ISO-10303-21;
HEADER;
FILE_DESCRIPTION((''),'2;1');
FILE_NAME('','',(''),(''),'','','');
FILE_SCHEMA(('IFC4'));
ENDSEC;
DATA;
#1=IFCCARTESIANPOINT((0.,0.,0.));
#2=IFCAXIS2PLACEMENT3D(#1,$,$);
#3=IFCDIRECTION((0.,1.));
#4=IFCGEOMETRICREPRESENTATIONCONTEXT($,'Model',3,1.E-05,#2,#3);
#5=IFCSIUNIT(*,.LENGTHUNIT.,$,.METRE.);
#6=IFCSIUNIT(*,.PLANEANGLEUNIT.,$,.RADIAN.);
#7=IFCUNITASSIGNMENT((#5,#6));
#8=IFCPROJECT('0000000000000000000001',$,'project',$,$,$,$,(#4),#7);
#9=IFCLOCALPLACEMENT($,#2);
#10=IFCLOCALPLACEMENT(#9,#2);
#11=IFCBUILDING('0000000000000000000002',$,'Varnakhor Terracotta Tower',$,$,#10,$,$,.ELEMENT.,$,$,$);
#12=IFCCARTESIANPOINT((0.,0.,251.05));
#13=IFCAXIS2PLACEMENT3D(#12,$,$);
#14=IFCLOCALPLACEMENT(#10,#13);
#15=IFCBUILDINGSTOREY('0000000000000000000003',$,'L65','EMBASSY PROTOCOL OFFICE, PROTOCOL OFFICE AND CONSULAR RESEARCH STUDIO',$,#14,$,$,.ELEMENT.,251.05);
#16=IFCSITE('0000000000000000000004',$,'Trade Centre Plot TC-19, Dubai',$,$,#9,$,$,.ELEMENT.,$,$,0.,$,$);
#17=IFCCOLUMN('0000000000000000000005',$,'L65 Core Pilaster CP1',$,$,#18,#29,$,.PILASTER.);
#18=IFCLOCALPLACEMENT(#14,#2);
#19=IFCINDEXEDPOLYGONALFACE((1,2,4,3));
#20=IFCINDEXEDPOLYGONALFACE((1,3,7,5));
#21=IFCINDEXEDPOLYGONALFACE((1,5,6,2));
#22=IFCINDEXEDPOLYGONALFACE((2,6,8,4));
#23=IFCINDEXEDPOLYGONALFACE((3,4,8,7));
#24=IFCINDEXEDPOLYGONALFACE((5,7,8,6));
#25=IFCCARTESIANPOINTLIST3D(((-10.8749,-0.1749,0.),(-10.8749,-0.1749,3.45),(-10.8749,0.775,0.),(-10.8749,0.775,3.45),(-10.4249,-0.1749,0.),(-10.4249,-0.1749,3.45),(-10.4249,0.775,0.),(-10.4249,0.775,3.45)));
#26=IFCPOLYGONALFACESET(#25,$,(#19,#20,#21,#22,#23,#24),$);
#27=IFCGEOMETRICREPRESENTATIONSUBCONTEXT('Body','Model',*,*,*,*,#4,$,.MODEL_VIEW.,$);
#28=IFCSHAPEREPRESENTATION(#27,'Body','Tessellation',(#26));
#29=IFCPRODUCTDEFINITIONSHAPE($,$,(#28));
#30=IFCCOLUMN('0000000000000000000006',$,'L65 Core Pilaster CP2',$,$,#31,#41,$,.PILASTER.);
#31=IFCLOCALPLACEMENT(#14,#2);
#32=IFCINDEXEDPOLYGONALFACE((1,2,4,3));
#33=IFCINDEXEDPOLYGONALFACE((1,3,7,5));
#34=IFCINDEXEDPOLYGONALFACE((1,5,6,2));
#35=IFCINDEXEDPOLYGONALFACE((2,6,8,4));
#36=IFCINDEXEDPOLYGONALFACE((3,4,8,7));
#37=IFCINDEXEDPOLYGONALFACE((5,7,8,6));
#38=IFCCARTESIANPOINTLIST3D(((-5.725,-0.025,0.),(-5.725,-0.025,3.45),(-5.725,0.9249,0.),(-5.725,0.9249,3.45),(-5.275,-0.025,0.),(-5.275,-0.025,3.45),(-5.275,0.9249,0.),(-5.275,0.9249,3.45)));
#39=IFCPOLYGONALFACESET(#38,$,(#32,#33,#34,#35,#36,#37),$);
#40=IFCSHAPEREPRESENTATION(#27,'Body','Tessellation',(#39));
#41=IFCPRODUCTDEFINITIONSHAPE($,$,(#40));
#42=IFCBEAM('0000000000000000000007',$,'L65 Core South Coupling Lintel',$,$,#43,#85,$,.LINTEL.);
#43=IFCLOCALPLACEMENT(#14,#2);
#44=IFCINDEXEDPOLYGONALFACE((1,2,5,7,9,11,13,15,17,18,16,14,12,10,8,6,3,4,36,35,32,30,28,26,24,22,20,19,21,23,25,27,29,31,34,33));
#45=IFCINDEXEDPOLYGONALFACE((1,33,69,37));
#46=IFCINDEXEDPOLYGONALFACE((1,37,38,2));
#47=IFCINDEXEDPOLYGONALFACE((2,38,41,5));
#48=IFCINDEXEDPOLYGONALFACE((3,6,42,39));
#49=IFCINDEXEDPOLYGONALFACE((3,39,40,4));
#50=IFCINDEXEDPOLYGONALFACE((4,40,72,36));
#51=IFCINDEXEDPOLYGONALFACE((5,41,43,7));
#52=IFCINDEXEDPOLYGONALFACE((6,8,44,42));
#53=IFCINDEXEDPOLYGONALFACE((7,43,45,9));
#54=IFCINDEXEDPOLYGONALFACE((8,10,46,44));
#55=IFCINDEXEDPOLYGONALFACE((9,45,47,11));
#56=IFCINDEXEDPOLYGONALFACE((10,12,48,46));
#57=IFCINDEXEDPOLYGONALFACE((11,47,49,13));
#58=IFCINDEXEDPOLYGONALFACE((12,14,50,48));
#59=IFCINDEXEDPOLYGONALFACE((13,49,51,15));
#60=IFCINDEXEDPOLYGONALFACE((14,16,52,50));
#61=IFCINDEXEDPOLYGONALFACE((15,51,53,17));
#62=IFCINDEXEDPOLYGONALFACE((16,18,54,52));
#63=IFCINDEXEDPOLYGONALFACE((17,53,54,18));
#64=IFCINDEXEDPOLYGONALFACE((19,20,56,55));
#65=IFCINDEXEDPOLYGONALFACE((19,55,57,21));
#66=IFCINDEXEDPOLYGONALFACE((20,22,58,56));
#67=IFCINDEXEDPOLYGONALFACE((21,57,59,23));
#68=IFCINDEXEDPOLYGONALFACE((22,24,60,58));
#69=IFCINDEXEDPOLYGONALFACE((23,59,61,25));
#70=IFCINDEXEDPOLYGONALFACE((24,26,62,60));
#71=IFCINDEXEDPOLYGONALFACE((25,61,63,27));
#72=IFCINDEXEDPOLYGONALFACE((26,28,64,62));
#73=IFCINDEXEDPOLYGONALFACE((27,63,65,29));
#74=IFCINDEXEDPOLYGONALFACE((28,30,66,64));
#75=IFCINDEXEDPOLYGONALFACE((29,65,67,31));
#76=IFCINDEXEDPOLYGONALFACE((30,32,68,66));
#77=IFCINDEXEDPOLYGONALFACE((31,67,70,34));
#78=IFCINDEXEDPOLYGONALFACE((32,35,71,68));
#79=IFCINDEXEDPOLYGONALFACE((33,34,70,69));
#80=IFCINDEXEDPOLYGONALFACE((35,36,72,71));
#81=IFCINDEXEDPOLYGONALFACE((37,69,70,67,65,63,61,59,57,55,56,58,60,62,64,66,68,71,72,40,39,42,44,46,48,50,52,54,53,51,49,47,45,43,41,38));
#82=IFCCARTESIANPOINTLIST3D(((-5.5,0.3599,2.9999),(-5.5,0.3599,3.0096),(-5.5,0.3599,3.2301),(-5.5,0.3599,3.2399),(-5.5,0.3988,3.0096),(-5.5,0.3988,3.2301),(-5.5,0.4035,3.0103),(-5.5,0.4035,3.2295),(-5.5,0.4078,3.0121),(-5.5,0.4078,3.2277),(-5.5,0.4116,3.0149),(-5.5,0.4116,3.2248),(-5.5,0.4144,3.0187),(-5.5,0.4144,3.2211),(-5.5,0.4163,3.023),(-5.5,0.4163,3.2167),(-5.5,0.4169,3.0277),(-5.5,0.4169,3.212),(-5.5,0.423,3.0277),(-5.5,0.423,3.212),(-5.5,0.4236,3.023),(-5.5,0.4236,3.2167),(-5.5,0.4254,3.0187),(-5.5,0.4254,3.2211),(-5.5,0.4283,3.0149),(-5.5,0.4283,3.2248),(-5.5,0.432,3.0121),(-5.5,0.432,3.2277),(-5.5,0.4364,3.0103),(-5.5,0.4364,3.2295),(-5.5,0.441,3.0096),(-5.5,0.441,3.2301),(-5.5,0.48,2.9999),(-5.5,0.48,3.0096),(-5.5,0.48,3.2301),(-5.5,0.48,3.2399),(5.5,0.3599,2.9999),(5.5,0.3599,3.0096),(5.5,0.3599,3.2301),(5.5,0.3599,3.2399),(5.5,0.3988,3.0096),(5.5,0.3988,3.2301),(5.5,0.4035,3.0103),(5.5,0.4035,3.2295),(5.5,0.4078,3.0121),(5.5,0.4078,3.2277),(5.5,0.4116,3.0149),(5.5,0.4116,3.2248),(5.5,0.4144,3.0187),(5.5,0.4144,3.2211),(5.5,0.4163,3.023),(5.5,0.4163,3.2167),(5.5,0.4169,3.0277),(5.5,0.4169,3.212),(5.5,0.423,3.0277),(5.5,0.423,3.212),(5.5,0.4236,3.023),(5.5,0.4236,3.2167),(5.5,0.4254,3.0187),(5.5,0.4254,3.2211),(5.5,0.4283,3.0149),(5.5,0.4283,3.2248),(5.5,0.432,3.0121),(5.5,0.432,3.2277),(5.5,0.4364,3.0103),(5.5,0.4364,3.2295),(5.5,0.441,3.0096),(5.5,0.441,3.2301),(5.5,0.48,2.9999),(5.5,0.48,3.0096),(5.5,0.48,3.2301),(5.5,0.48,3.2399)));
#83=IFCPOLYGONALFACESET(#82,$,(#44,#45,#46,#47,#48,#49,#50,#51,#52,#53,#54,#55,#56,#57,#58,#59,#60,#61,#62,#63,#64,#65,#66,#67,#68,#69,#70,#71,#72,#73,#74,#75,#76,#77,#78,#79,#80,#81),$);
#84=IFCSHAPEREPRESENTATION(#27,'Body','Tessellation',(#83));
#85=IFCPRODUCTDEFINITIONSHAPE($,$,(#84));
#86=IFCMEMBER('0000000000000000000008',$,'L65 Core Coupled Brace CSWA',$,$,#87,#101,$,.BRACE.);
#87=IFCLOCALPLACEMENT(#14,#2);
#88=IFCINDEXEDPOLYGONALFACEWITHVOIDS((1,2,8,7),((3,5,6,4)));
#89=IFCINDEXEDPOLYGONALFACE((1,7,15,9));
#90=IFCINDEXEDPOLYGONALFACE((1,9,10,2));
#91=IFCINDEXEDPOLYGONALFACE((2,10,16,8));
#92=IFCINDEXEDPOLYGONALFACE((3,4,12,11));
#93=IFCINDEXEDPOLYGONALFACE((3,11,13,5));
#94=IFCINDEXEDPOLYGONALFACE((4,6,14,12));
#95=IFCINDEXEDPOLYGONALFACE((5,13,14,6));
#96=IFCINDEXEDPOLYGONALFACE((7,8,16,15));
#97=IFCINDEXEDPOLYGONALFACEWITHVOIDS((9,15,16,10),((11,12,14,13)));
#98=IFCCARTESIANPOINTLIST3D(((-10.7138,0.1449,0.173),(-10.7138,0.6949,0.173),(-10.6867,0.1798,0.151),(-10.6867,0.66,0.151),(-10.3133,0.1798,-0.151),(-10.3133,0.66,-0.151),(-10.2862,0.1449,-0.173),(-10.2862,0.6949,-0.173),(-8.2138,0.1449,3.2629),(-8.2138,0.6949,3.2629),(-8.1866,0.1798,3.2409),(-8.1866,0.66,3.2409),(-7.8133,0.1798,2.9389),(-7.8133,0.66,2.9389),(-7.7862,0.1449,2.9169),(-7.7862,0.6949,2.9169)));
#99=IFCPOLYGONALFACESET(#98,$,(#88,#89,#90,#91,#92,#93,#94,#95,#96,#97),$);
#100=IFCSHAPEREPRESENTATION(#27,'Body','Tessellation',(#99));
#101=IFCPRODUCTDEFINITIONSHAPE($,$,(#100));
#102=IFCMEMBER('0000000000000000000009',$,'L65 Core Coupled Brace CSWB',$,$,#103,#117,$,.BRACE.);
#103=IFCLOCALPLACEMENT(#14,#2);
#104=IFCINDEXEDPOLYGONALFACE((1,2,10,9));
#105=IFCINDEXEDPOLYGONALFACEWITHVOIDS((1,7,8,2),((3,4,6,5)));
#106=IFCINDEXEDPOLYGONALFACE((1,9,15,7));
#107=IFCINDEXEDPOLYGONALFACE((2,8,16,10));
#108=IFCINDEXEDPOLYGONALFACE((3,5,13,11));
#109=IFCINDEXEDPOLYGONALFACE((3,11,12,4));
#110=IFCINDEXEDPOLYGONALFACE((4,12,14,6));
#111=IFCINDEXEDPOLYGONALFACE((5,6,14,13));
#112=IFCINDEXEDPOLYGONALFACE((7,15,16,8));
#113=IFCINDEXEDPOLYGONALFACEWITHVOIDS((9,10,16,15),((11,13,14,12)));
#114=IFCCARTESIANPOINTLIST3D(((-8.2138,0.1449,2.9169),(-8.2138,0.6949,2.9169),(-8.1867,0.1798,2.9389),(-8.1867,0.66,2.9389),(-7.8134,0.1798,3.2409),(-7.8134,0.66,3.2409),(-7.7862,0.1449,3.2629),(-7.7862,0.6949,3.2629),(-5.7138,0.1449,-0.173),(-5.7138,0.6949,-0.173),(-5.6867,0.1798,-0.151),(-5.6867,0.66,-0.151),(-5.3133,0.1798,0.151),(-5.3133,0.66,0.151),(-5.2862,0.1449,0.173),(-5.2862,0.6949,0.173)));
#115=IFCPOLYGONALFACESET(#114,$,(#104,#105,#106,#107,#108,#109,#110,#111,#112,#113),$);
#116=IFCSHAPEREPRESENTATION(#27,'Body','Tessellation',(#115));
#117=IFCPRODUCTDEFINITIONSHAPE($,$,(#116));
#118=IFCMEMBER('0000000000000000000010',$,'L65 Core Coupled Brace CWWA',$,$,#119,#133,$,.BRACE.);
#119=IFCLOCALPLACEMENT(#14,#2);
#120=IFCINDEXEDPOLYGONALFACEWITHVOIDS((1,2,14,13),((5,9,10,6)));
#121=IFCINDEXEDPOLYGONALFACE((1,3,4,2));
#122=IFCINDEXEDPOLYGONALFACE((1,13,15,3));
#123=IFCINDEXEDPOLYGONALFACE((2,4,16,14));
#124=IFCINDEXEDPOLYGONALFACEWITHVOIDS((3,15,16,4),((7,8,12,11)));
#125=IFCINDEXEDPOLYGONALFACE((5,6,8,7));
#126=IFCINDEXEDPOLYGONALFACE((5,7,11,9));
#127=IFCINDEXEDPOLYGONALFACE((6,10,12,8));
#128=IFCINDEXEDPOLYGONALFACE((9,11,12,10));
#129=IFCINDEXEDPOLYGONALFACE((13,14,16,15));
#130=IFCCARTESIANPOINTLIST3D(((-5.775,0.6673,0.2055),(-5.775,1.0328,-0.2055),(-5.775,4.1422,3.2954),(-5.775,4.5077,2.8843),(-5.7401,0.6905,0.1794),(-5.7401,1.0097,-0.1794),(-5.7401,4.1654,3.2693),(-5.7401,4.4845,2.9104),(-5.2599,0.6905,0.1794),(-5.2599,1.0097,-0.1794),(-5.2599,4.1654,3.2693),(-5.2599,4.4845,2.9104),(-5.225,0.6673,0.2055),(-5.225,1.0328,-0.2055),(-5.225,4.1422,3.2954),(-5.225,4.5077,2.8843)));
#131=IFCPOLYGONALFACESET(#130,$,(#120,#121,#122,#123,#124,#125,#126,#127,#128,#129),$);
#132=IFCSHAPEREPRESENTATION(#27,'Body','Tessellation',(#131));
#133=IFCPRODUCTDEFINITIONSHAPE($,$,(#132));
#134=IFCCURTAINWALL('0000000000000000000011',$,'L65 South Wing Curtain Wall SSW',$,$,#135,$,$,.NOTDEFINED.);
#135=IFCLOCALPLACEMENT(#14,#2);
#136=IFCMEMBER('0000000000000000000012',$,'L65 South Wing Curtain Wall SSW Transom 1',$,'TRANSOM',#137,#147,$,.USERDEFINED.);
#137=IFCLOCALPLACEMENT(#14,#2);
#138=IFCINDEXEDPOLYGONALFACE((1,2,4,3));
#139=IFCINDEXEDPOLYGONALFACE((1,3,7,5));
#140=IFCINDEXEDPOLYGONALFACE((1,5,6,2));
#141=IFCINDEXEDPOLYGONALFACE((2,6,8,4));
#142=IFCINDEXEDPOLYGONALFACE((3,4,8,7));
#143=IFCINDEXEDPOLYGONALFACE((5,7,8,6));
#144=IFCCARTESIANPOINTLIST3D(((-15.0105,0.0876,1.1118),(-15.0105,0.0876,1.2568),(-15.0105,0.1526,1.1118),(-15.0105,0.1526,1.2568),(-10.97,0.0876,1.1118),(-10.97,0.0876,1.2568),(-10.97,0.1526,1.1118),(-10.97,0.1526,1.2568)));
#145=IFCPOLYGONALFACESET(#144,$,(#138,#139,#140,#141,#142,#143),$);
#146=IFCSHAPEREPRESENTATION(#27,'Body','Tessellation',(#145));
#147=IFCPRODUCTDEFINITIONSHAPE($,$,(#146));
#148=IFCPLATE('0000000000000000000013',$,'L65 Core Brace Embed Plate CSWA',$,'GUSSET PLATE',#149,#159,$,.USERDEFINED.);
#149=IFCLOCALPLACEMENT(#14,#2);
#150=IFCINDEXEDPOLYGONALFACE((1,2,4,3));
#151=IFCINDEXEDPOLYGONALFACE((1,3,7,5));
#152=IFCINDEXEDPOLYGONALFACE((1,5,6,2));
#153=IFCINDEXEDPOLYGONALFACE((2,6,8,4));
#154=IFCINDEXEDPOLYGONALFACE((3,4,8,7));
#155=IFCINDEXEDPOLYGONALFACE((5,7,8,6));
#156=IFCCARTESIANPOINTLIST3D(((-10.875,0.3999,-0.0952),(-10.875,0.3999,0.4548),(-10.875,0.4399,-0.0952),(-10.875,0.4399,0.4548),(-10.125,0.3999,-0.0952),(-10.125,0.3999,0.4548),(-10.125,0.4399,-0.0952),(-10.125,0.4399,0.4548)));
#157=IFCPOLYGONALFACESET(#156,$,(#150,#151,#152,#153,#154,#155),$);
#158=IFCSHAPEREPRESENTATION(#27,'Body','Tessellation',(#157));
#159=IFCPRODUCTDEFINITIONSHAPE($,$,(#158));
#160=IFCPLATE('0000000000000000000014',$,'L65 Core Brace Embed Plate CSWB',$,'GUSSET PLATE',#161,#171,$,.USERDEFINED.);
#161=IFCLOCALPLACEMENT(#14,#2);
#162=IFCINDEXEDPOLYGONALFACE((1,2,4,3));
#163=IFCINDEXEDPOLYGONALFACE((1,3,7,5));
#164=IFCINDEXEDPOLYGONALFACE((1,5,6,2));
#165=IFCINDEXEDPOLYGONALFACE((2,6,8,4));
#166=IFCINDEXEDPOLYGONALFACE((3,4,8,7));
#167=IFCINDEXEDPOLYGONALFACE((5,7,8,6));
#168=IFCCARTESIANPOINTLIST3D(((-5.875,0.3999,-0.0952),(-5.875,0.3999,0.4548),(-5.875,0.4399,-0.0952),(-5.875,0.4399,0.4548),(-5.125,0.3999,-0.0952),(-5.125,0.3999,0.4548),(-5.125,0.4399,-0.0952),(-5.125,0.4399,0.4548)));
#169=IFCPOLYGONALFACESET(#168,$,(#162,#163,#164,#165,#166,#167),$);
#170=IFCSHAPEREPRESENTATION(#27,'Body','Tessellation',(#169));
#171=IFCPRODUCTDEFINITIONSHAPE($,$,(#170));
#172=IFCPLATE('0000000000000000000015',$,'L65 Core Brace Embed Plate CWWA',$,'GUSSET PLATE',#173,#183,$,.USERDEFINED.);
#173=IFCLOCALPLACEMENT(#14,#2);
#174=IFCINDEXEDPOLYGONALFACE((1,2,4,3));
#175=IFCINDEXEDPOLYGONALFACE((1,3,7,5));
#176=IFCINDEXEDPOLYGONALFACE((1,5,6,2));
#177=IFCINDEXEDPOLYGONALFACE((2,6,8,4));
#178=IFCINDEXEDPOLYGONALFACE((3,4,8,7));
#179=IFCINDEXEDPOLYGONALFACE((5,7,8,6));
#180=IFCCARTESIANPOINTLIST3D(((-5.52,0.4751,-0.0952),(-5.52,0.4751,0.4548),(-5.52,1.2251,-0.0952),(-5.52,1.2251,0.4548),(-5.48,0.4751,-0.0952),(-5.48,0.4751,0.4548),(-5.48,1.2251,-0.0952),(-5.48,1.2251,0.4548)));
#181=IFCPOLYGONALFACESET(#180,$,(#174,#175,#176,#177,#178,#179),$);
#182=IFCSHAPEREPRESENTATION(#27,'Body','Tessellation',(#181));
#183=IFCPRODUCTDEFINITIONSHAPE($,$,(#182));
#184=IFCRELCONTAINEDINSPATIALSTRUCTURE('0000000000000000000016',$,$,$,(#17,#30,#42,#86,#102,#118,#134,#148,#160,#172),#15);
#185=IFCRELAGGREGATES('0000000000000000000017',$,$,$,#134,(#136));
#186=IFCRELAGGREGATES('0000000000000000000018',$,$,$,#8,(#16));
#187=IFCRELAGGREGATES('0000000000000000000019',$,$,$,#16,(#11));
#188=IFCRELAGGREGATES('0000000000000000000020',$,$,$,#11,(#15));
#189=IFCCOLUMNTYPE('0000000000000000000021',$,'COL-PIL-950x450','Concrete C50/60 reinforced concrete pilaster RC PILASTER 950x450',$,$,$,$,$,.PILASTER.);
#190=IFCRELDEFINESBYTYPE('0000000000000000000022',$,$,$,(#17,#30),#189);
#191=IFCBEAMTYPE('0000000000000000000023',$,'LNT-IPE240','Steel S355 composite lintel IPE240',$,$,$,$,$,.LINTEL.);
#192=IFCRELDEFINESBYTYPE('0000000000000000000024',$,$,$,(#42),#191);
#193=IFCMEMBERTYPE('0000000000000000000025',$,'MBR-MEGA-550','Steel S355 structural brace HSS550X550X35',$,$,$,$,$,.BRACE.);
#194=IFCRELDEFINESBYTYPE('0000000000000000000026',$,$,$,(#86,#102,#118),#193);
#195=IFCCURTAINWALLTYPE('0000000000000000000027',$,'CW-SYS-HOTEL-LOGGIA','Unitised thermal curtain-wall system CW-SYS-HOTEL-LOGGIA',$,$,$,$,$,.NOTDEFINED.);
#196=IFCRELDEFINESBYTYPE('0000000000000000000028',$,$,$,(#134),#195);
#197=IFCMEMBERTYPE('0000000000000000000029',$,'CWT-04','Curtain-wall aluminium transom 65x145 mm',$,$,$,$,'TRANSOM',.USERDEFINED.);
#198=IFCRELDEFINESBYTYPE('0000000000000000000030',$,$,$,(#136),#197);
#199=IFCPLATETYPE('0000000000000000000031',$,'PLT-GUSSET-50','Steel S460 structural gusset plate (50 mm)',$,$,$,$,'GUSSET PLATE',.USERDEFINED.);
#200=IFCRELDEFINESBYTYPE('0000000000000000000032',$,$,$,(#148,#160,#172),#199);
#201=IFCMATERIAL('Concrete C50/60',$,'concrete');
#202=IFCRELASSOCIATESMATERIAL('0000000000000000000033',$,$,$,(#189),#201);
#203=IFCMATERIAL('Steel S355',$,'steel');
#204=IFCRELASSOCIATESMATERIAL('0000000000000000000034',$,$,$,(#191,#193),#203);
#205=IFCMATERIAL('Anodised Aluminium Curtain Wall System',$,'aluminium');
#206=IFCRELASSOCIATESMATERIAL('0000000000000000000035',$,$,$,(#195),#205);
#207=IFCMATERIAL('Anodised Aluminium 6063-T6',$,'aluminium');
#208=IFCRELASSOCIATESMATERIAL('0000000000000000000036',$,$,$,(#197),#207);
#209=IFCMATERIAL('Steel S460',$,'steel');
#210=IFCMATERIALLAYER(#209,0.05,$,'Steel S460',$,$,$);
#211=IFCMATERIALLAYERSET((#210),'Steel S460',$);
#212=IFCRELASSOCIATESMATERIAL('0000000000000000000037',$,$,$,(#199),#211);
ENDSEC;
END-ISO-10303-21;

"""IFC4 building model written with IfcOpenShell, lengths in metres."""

from ifc_helpers import new_model, si_unit, direction, frame, origin, origin_2d, place, context, subcontext, project, spatial, rectangle, hollow_rectangle, i_section, extrude, source, transform, mapped, material, layer, layer_set, material_profile, profile_set, type_object, type_shapes, element, aggregate, save


model = new_model("IFC4")

# Units and contexts
model_context = context("Model", 3, precision=1e-05, world=origin(), true_north=direction((0.0, 1.0)))
body_context = subcontext(model_context, "Body", "Model", "MODEL_VIEW")
ifc_project = project(units=[si_unit("LENGTHUNIT", "METRE"), si_unit("PLANEANGLEUNIT", "RADIAN")], contexts=[model_context])

# Site, building, storey
site_placement = place(None, origin())
site = spatial("IfcSite", under=ifc_project, at=site_placement, Name="Trade Centre Plot TC-19, Dubai", CompositionType="ELEMENT", RefElevation=0.0)
building_placement = place(site_placement, origin())
building = spatial("IfcBuilding", under=site, at=building_placement, Name="Varnakhor Terracotta Tower", CompositionType="ELEMENT")
storey_placement = place(building_placement, frame((0.0, 0.0, 251.05)))
storey = spatial("IfcBuildingStorey", under=building, at=storey_placement, Name="L65", Description="EMBASSY PROTOCOL OFFICE, PROTOCOL OFFICE AND CONSULAR RESEARCH STUDIO", CompositionType="ELEMENT", Elevation=251.05)

# Columns
ifc_material_1 = material(Name="Concrete C50/60", Category="concrete")
ifc_material_profile_1 = material_profile(ifc_material_1, rectangle(XDim=0.45, YDim=0.95, at=origin_2d()), Name="RC PILASTER 950x450")
ifc_profile_set_1 = profile_set([ifc_material_profile_1], Name="Concrete C50/60")
column_type = type_object("IfcColumnType", Name="COL-PIL-950x450", Description="Concrete C50/60 reinforced concrete pilaster RC PILASTER 950x450", PredefinedType="PILASTER", material=ifc_profile_set_1)
shared_shape_1 = source(origin(), body_context, "Body", "SweptSolid", [
    extrude(rectangle(XDim=0.45, YDim=0.95, at=origin_2d()), origin(), (0.0, 0.0, 1.0), 3.45),
])
for number, where, z_axis, x_axis, name in (
    (1, (-10.6499, 0.3, 0.0), (0.0, 0.0, 1.0), (1.0, 0.0, 0.0), "L65 Core Pilaster CP1"),
    (2, (-5.5, 0.45, 0.0), (0.0, 0.0, 1.0), (1.0, 0.0, 0.0), "L65 Core Pilaster CP2"),
):
    element("IfcColumn", number, at=place(storey_placement, frame(where, z_axis=z_axis, x_axis=x_axis)), inside=storey, type_object=column_type, Name=name, PredefinedType="PILASTER", context=body_context, shape_type="MappedRepresentation", body=[
        mapped(shared_shape_1, transform((0.0, 0.0, 0.0), scale=1.0)),
    ])

# Beam
ifc_material_2 = material(Name="Steel S355", Category="steel")
ifc_material_profile_2 = material_profile(ifc_material_2, i_section(OverallWidth=0.1201, OverallDepth=0.24, WebThickness=0.0061, FlangeThickness=0.0098, FilletRadius=0.0181, at=origin_2d()), Name="IPE240")
ifc_profile_set_2 = profile_set([ifc_material_profile_2], Name="Steel S355")
beam_type = type_object("IfcBeamType", Name="LNT-IPE240", Description="Steel S355 composite lintel IPE240", PredefinedType="LINTEL", material=ifc_profile_set_2)
shared_shape_2 = source(origin(), body_context, "Body", "SweptSolid", [
    extrude(i_section(OverallWidth=0.1201, OverallDepth=0.24, WebThickness=0.0061, FlangeThickness=0.0098, FilletRadius=0.0181, at=origin_2d()), origin(), (0.0, 0.0, 1.0), 11.0),
])
type_shapes(beam_type, [shared_shape_2])
beam_placement = place(storey_placement, frame((-5.5, 0.4199, 3.1199), z_axis=(1.0, 0.0, 0.0), x_axis=(0.0, 1.0, 0.0)))
element("IfcBeam", 3, at=beam_placement, inside=storey, type_object=beam_type, Name="L65 Core South Coupling Lintel", PredefinedType="LINTEL", context=body_context, shape_type="MappedRepresentation", body=[
    mapped(shared_shape_2, transform((0.0, 0.0, 0.0), scale=1.0)),
])

# Members
ifc_material_profile_3 = material_profile(ifc_material_2, hollow_rectangle(XDim=0.55, YDim=0.55, WallThickness=0.0349, at=origin_2d()), Name="HSS550X550X35")
ifc_profile_set_3 = profile_set([ifc_material_profile_3], Name="Steel S355")
member_type_1 = type_object("IfcMemberType", Name="MBR-MEGA-550", Description="Steel S355 structural brace HSS550X550X35", PredefinedType="BRACE", material=ifc_profile_set_3)
shared_shape_3 = source(origin(), body_context, "Body", "SweptSolid", [
    extrude(hollow_rectangle(XDim=0.55, YDim=0.55, WallThickness=0.0349, at=origin_2d()), origin(), (0.0, 0.0, 1.0), 3.9746),
])
for number, where, z_axis, x_axis, name in (
    (4, (-10.5, 0.4199, 0.0), (0.629, 0.0, 0.777405), (0.0, 1.0, 0.0), "L65 Core Coupled Brace CSWA"),
    (5, (-5.5, 0.4199, 0.0), (-0.629, 0.0, 0.777405), (0.0, -1.0, 0.0), "L65 Core Coupled Brace CSWB"),
):
    element("IfcMember", number, at=place(storey_placement, frame(where, z_axis=z_axis, x_axis=x_axis)), inside=storey, type_object=member_type_1, Name=name, PredefinedType="BRACE", context=body_context, shape_type="MappedRepresentation", body=[
        mapped(shared_shape_3, transform((0.0, 0.0, 0.0), scale=1.0)),
    ])
shared_shape_4 = source(origin(), body_context, "Body", "SweptSolid", [
    extrude(hollow_rectangle(XDim=0.55, YDim=0.55, WallThickness=0.0349, at=origin_2d()), origin(), (0.0, 0.0, 1.0), 4.6499),
])
member_1_placement = place(storey_placement, frame((-5.5, 0.8501, 0.0), z_axis=(0.0, 0.747293, 0.664494), x_axis=(-1.0, 0.0, 0.0)))
element("IfcMember", 6, at=member_1_placement, inside=storey, type_object=member_type_1, Name="L65 Core Coupled Brace CWWA", PredefinedType="BRACE", context=body_context, shape_type="MappedRepresentation", body=[
    mapped(shared_shape_4, transform((0.0, 0.0, 0.0), scale=1.0)),
])

# Curtain wall, member
ifc_material_3 = material(Name="Anodised Aluminium Curtain Wall System", Category="aluminium")
curtain_wall_type = type_object("IfcCurtainWallType", Name="CW-SYS-HOTEL-LOGGIA", Description="Unitised thermal curtain-wall system CW-SYS-HOTEL-LOGGIA", PredefinedType="NOTDEFINED", material=ifc_material_3)
curtain_wall_placement = place(storey_placement, origin())
curtain_wall = element("IfcCurtainWall", 7, at=curtain_wall_placement, inside=storey, type_object=curtain_wall_type, Name="L65 South Wing Curtain Wall SSW", PredefinedType="NOTDEFINED")
ifc_material_4 = material(Name="Anodised Aluminium 6063-T6", Category="aluminium")
ifc_material_profile_4 = material_profile(ifc_material_4, rectangle(XDim=0.0649, YDim=0.145, at=origin_2d()), Name="ALU TRANSOM 65x145")
ifc_profile_set_4 = profile_set([ifc_material_profile_4], Name="Anodised Aluminium 6063-T6")
member_type_2 = type_object("IfcMemberType", Name="CWT-04", Description="Curtain-wall aluminium transom 65x145 mm", ElementType="TRANSOM", PredefinedType="USERDEFINED", material=ifc_profile_set_4)
shared_shape_5 = source(origin(), body_context, "Body", "SweptSolid", [
    extrude(rectangle(XDim=0.0649, YDim=0.145, at=origin_2d()), origin(), (0.0, 0.0, 1.0), 4.0405),
])
member_2_placement = place(storey_placement, frame((-10.97, 0.1201, 1.1843), z_axis=(-1.0, 0.0, 0.0), x_axis=(0.0, -1.0, 0.0)))
member_2 = element("IfcMember", 8, at=member_2_placement, type_object=member_type_2, Name="L65 South Wing Curtain Wall SSW Transom 1", ObjectType="TRANSOM", PredefinedType="USERDEFINED", context=body_context, shape_type="MappedRepresentation", body=[
    mapped(shared_shape_5, transform((0.0, 0.0, 0.0), scale=1.0)),
])
aggregate(curtain_wall, [member_2])

# Plates
ifc_material_5 = material(Name="Steel S460", Category="steel")
ifc_layer_1 = layer(ifc_material_5, 0.05, Name="Steel S460")
ifc_layer_set_1 = layer_set([ifc_layer_1], Name="Steel S460")
plate_type = type_object("IfcPlateType", Name="PLT-GUSSET-50", Description="Steel S460 structural gusset plate (50 mm)", ElementType="GUSSET PLATE", PredefinedType="USERDEFINED", material=ifc_layer_set_1)
shared_shape_6 = source(origin(), body_context, "Body", "SweptSolid", [
    extrude(rectangle(XDim=0.75, YDim=0.04, at=origin_2d()), origin(), (0.0, 0.0, 1.0), 0.55),
])
type_shapes(plate_type, [shared_shape_6])
for number, where, z_axis, x_axis, name in (
    (9, (-10.5, 0.4199, -0.0952), (0.0, 0.0, 1.0), (1.0, 0.0, 0.0), "L65 Core Brace Embed Plate CSWA"),
    (10, (-5.5, 0.4199, -0.0952), (0.0, 0.0, 1.0), (1.0, 0.0, 0.0), "L65 Core Brace Embed Plate CSWB"),
    (11, (-5.5, 0.8501, -0.0952), (0.0, 0.0, 1.0), (0.0, 1.0, 0.0), "L65 Core Brace Embed Plate CWWA"),
):
    element("IfcPlate", number, at=place(storey_placement, frame(where, z_axis=z_axis, x_axis=x_axis)), inside=storey, type_object=plate_type, Name=name, ObjectType="GUSSET PLATE", PredefinedType="USERDEFINED", context=body_context, shape_type="MappedRepresentation", body=[
        mapped(shared_shape_6, transform((0.0, 0.0, 0.0), scale=1.0)),
    ])

save(model, "model.ifc")
